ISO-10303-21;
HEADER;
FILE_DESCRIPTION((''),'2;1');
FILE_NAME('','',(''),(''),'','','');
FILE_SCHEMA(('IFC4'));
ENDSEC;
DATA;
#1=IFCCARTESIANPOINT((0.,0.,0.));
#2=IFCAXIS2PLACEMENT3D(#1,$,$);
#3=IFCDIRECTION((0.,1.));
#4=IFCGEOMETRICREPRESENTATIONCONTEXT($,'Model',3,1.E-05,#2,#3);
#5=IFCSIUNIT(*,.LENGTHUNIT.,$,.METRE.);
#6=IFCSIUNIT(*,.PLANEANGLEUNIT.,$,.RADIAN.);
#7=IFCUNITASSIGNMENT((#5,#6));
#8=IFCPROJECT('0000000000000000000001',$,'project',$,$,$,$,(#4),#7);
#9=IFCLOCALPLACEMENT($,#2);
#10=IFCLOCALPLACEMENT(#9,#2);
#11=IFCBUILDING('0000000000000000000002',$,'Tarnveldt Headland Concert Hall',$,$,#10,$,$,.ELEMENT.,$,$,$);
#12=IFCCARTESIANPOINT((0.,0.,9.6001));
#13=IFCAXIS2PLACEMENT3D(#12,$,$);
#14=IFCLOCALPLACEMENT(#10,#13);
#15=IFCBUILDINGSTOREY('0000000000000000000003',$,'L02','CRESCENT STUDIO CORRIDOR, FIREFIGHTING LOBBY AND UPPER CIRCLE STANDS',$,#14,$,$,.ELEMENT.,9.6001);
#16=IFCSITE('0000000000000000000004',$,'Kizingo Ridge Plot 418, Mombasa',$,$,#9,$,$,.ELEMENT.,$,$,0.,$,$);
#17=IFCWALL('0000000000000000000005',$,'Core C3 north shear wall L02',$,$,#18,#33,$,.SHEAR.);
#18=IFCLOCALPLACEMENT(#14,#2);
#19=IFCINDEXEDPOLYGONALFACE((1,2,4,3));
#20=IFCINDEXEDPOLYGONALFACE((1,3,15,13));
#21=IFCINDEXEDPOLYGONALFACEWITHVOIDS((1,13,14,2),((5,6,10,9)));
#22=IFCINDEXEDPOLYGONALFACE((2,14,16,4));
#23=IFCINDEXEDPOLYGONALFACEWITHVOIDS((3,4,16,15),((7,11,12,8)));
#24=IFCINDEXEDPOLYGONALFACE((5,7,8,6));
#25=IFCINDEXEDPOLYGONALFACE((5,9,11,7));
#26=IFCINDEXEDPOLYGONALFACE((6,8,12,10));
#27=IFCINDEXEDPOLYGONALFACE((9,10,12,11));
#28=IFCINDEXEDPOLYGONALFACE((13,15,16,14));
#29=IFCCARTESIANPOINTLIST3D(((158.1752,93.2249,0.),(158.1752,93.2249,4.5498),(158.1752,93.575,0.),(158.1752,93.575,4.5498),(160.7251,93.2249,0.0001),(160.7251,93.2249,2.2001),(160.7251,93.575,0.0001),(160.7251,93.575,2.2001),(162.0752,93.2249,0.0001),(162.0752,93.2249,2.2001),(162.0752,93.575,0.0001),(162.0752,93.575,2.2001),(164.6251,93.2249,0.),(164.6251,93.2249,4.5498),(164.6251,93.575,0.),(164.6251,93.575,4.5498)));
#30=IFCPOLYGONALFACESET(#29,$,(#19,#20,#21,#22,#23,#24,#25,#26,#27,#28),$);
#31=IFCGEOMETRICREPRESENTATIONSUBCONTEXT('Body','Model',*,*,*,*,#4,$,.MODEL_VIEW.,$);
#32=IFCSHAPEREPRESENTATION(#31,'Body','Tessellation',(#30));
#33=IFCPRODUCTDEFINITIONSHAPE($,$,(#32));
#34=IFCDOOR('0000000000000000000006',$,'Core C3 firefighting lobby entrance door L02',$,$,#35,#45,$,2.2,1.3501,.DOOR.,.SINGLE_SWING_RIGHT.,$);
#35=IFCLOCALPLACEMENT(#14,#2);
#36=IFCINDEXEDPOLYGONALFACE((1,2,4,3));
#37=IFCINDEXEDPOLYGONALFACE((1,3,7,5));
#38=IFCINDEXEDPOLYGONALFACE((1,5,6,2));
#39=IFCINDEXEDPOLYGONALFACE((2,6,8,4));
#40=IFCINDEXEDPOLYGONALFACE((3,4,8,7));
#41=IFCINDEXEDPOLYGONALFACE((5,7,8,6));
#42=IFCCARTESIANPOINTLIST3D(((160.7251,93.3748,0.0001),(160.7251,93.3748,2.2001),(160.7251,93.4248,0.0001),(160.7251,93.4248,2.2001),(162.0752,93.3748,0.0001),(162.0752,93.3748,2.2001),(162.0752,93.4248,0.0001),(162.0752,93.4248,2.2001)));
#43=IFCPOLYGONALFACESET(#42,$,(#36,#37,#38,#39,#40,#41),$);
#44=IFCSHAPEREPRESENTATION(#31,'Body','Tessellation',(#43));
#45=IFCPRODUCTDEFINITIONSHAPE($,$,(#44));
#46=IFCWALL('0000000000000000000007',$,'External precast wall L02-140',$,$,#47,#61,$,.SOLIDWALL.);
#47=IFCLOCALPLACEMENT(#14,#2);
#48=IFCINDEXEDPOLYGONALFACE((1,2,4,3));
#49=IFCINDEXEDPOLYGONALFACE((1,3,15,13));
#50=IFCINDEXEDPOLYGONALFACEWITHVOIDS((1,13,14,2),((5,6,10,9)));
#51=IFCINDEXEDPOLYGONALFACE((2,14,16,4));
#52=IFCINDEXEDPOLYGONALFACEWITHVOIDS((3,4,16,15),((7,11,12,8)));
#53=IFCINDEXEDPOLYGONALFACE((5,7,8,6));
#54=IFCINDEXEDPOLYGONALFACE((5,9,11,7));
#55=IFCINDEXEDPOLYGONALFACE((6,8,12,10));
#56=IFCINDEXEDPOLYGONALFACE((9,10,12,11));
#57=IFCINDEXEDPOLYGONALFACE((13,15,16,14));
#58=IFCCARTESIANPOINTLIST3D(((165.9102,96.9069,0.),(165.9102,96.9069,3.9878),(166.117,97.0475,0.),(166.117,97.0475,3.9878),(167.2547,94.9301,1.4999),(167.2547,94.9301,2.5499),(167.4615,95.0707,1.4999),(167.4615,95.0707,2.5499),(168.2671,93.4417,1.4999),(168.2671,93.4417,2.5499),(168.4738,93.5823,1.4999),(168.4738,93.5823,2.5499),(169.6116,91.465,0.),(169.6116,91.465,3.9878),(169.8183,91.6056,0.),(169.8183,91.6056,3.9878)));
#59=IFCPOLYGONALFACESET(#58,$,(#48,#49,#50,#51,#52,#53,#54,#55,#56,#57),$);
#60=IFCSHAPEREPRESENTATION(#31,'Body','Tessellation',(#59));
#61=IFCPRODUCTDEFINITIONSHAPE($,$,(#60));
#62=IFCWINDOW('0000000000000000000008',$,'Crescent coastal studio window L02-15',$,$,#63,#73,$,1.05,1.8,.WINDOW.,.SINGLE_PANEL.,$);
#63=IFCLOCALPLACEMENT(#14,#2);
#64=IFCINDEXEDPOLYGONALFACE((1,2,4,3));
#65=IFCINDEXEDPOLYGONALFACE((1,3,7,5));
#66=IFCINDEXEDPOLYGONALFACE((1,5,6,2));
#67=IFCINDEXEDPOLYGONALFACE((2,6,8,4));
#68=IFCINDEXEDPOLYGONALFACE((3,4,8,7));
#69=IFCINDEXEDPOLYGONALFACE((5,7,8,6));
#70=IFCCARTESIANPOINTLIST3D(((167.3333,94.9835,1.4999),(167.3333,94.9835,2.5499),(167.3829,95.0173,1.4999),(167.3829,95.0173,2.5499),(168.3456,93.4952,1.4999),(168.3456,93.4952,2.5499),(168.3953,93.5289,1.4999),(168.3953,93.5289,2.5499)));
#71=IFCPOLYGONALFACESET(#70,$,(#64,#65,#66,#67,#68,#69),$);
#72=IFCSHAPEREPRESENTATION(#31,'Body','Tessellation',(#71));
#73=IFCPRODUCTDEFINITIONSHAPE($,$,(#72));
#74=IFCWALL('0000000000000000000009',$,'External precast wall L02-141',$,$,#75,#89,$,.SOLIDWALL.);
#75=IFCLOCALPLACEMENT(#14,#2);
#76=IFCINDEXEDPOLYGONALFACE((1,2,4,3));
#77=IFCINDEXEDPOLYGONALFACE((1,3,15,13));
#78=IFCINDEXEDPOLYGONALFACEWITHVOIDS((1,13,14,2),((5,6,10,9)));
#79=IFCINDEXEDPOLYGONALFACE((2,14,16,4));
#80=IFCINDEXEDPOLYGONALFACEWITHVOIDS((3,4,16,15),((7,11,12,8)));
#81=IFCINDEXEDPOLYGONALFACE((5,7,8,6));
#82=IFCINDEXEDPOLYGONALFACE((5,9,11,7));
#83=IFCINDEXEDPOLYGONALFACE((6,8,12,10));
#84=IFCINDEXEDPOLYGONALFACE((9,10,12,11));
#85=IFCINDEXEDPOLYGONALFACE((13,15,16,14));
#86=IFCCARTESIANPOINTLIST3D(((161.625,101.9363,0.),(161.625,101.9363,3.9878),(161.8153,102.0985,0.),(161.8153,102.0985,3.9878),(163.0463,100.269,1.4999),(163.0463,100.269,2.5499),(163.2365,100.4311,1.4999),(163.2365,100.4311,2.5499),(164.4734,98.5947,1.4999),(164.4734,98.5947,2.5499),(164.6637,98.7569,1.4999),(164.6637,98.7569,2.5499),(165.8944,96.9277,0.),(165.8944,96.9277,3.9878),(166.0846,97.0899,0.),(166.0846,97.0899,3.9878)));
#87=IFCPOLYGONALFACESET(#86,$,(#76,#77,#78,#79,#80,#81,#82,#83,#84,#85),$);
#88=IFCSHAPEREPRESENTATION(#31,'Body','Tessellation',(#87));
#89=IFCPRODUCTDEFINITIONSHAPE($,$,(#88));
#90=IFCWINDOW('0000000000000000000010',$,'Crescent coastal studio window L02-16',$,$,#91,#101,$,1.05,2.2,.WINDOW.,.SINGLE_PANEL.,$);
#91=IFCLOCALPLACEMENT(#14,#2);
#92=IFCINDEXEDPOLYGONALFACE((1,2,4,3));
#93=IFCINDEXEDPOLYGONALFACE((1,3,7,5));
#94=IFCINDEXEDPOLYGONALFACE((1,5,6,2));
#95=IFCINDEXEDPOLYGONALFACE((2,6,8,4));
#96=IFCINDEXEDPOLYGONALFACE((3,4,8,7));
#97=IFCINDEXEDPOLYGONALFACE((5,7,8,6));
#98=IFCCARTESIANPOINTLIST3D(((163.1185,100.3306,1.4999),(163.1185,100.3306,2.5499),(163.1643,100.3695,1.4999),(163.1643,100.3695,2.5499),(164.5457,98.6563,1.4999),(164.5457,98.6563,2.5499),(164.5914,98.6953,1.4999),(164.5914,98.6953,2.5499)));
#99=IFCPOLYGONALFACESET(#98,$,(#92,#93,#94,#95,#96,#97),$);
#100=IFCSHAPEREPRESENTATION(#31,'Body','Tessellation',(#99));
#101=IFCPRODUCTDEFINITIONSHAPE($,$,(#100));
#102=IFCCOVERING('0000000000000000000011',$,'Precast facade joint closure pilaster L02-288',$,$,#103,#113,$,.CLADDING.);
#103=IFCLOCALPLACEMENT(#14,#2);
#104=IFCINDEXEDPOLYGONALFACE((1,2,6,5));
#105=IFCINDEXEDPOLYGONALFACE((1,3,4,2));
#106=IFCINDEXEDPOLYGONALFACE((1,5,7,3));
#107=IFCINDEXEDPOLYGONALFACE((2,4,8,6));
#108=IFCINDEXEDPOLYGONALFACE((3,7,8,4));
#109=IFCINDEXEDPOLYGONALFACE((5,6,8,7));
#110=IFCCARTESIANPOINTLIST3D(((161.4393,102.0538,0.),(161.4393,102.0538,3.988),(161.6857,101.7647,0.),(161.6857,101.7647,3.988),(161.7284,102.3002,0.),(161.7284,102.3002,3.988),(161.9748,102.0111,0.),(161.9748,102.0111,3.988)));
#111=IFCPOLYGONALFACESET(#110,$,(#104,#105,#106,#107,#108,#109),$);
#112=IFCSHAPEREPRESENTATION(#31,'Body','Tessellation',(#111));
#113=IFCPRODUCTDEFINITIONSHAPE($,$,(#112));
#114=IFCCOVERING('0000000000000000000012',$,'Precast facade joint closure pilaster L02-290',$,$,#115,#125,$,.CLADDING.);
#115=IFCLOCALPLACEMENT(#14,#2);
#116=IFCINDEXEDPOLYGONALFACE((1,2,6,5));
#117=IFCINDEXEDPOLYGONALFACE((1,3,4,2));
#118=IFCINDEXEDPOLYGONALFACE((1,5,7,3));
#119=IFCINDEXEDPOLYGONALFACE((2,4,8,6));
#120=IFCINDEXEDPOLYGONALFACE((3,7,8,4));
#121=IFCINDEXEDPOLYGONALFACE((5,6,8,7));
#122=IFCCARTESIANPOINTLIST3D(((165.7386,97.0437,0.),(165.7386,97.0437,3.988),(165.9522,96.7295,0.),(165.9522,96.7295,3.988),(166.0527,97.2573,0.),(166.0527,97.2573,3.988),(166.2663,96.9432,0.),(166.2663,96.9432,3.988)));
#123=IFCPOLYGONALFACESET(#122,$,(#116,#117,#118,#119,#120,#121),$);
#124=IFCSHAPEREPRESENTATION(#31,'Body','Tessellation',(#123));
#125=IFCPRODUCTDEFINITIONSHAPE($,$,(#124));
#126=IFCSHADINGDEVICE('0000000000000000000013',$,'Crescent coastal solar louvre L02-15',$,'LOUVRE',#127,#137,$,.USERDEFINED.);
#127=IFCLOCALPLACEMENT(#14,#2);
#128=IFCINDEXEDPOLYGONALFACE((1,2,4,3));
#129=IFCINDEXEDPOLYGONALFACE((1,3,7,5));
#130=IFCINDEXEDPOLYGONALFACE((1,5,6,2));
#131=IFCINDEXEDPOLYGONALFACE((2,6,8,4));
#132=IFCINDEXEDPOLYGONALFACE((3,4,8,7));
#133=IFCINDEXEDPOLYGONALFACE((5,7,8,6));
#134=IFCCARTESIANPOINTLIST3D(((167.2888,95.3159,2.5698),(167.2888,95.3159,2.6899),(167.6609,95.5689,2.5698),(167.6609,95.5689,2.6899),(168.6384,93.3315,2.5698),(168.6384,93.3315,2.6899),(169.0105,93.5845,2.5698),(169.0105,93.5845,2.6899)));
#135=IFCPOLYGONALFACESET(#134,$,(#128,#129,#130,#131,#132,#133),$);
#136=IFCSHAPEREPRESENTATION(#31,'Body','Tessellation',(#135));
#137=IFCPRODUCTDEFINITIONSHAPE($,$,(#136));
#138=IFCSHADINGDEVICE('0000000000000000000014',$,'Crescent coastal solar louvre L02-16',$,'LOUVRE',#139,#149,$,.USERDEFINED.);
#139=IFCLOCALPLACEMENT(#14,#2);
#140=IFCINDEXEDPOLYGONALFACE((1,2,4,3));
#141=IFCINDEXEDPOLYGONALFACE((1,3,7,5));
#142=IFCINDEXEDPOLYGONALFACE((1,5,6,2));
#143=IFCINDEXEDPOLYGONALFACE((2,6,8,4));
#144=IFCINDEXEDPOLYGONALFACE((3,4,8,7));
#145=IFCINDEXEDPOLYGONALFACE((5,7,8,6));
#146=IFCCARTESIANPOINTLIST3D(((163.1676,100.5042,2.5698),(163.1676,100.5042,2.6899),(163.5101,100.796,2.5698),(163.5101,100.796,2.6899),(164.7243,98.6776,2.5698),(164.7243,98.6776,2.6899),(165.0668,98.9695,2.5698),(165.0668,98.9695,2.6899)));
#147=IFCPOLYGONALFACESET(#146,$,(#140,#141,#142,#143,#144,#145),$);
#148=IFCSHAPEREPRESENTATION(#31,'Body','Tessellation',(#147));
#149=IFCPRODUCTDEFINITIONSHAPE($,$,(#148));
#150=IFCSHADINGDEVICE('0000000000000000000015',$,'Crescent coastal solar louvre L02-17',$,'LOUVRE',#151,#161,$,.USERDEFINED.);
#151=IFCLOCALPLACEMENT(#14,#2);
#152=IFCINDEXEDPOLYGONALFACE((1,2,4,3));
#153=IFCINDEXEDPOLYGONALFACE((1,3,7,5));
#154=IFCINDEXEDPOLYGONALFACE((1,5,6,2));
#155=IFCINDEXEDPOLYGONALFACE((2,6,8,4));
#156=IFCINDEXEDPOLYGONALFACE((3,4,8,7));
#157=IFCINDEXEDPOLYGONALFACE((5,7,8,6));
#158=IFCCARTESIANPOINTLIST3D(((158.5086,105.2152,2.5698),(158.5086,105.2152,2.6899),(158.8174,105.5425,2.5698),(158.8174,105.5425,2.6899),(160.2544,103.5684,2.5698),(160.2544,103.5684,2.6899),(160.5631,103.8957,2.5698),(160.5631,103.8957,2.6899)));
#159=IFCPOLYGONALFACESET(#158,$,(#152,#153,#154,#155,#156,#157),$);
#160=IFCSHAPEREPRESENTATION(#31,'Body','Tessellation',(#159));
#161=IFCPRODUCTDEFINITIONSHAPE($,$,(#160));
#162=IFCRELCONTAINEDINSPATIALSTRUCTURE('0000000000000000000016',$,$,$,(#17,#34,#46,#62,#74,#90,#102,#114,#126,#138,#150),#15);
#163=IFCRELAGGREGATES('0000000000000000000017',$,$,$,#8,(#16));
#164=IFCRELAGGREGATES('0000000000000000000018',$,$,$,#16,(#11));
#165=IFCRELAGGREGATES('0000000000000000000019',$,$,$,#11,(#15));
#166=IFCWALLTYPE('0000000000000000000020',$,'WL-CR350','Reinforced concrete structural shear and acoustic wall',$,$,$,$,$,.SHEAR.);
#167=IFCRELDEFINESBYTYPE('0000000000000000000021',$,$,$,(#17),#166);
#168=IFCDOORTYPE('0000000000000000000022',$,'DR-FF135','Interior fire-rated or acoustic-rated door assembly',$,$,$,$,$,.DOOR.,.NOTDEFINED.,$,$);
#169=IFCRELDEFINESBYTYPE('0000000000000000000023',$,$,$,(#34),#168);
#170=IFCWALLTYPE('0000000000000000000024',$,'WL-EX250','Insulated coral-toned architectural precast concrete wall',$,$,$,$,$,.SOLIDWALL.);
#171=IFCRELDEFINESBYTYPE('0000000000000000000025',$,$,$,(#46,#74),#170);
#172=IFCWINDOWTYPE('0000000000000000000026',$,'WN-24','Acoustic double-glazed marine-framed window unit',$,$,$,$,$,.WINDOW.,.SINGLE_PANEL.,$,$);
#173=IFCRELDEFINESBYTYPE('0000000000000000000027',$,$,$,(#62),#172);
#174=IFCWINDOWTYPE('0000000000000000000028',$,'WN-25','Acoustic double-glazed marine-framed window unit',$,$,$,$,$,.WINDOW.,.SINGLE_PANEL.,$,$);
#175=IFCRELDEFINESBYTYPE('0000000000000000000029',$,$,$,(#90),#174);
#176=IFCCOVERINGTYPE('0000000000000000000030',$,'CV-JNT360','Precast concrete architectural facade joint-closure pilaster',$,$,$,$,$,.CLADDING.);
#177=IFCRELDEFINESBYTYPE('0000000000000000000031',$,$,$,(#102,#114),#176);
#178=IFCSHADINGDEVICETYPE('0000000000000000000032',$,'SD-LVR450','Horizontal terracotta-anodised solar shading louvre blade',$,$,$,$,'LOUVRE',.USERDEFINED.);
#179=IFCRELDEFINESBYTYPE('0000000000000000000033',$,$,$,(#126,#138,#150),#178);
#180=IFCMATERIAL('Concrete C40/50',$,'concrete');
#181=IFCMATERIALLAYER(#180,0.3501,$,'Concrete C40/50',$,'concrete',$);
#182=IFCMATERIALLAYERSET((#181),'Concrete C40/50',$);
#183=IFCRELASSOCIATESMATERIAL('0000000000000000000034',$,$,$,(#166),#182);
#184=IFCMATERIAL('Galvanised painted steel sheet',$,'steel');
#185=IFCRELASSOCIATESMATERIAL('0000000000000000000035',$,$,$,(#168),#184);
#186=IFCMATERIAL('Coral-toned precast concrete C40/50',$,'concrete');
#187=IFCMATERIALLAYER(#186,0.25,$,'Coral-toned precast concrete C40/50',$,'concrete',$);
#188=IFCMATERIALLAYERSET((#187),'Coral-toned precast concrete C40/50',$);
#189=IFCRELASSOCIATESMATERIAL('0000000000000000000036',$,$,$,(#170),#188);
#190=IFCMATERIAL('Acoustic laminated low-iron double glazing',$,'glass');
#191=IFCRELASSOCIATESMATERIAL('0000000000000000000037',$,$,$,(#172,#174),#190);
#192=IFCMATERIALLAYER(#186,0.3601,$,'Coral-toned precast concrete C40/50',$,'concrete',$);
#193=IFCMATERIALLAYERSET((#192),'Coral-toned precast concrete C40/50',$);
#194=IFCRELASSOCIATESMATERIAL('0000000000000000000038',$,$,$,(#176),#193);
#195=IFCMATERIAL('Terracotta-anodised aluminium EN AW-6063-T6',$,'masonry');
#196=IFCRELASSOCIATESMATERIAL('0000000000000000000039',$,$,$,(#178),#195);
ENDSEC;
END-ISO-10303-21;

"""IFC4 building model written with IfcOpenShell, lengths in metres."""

from ifc_helpers import new_model, si_unit, direction, frame, frame_2d, origin, origin_2d, place, context, subcontext, project, spatial, rectangle, extrude, material, layer, layer_set, type_object, element, fill, save


model = new_model("IFC4")

# Units and contexts
model_context = context("Model", 3, precision=1e-05, world=origin(), true_north=direction((0.0, 1.0)))
body_context = subcontext(model_context, "Body", "Model", "MODEL_VIEW")
ifc_project = project(units=[si_unit("LENGTHUNIT", "METRE"), si_unit("PLANEANGLEUNIT", "RADIAN")], contexts=[model_context])

# Site, building, storey
site_placement = place(None, origin())
site = spatial("IfcSite", under=ifc_project, at=site_placement, Name="Kizingo Ridge Plot 418, Mombasa", CompositionType="ELEMENT", RefElevation=0.0)
building_placement = place(site_placement, origin())
building = spatial("IfcBuilding", under=site, at=building_placement, Name="Tarnveldt Headland Concert Hall", CompositionType="ELEMENT")
storey_placement = place(building_placement, frame((0.0, 0.0, 9.6001)))
storey = spatial("IfcBuildingStorey", under=building, at=storey_placement, Name="L02", Description="CRESCENT STUDIO CORRIDOR, FIREFIGHTING LOBBY AND UPPER CIRCLE STANDS", CompositionType="ELEMENT", Elevation=9.6001)

# Wall, opening, door
ifc_material_1 = material(Name="Concrete C40/50", Category="concrete")
ifc_layer_1 = layer(ifc_material_1, 0.3501, Name="Concrete C40/50", Category="concrete")
ifc_layer_set_1 = layer_set([ifc_layer_1], Name="Concrete C40/50")
wall_type_1 = type_object("IfcWallType", Name="WL-CR350", Description="Reinforced concrete structural shear and acoustic wall", PredefinedType="SHEAR", material=ifc_layer_set_1)
wall_1_placement = place(storey_placement, frame((158.175, 93.3999, 0.0), z_axis=(0.0, 0.0, 1.0), x_axis=(1.0, 0.0, 0.0)))
wall_1 = element("IfcWall", 1, at=wall_1_placement, inside=storey, type_object=wall_type_1, Name="Core C3 north shear wall L02", PredefinedType="SHEAR", context=body_context, shape_type="SweptSolid", body=[
    extrude(rectangle(XDim=6.45, YDim=0.3501, at=frame_2d((3.2251, 0.0))), origin(), (0.0, 0.0, 1.0), 4.5498),
])
opening_1_placement = place(wall_1_placement, frame((2.55, 0.0, 0.0)))
opening_1 = element("IfcOpeningElement", 2, at=opening_1_placement, cuts=wall_1, PredefinedType="OPENING", context=body_context, shape_type="SweptSolid", body=[
    extrude(rectangle(XDim=1.3501, YDim=2.2, at=frame_2d((0.675, 1.1001))), frame((0.0, 0.1851, 0.0), z_axis=(0.0, -1.0, 0.0), x_axis=(1.0, 0.0, 0.0)), (0.0, 0.0, 1.0), 0.3701),
])
ifc_material_2 = material(Name="Galvanised painted steel sheet", Category="steel")
door_type = type_object("IfcDoorType", Name="DR-FF135", Description="Interior fire-rated or acoustic-rated door assembly", OperationType="NOTDEFINED", PredefinedType="DOOR", material=ifc_material_2)
door_placement = place(opening_1_placement, origin())
door = element("IfcDoor", 3, at=door_placement, inside=storey, type_object=door_type, Name="Core C3 firefighting lobby entrance door L02", OperationType="SINGLE_SWING_RIGHT", OverallHeight=2.2, OverallWidth=1.3501, PredefinedType="DOOR", context=body_context, shape_type="SweptSolid", body=[
    extrude(rectangle(XDim=1.3501, YDim=2.2, at=frame_2d((0.675, 1.1001))), frame((0.0, 0.0249, 0.0), z_axis=(0.0, -1.0, 0.0), x_axis=(1.0, 0.0, 0.0)), (0.0, 0.0, 1.0), 0.05),
])
fill(opening_1, door)

# Walls, openings, windows
ifc_material_3 = material(Name="Coral-toned precast concrete C40/50", Category="concrete")
ifc_layer_2 = layer(ifc_material_3, 0.25, Name="Coral-toned precast concrete C40/50", Category="concrete")
ifc_layer_set_2 = layer_set([ifc_layer_2], Name="Coral-toned precast concrete C40/50")
wall_type_2 = type_object("IfcWallType", Name="WL-EX250", Description="Insulated coral-toned architectural precast concrete wall", PredefinedType="SOLIDWALL", material=ifc_layer_set_2)
wall_2_placement = place(storey_placement, frame((166.0137, 96.9771, 0.0), z_axis=(0.0, 0.0, 1.0), x_axis=(0.562406, -0.826861, 0.0)))
wall_2 = element("IfcWall", 4, at=wall_2_placement, inside=storey, type_object=wall_type_2, Name="External precast wall L02-140", PredefinedType="SOLIDWALL", context=body_context, shape_type="SweptSolid", body=[
    extrude(rectangle(XDim=6.5813, YDim=0.25, at=frame_2d((3.2905, 0.0))), origin(), (0.0, 0.0, 1.0), 3.9878),
])
opening_2_placement = place(wall_2_placement, frame((2.3906, 0.0, 1.5)))
opening_2 = element("IfcOpeningElement", 5, at=opening_2_placement, cuts=wall_2, PredefinedType="OPENING", context=body_context, shape_type="SweptSolid", body=[
    extrude(rectangle(XDim=1.8, YDim=1.05, at=frame_2d((0.8999, 0.5249))), frame((0.0, 0.135, 0.0), z_axis=(0.0, -1.0, 0.0), x_axis=(1.0, 0.0, 0.0)), (0.0, 0.0, 1.0), 0.27),
])
ifc_material_4 = material(Name="Acoustic laminated low-iron double glazing", Category="glass")
window_type_1 = type_object("IfcWindowType", Name="WN-24", Description="Acoustic double-glazed marine-framed window unit", PartitioningType="SINGLE_PANEL", PredefinedType="WINDOW", material=ifc_material_4)
window_1_placement = place(opening_2_placement, origin())
window_1 = element("IfcWindow", 6, at=window_1_placement, inside=storey, type_object=window_type_1, Name="Crescent coastal studio window L02-15", OverallHeight=1.05, OverallWidth=1.8, PartitioningType="SINGLE_PANEL", PredefinedType="WINDOW", context=body_context, shape_type="SweptSolid", body=[
    extrude(rectangle(XDim=1.8, YDim=1.05, at=frame_2d((0.8999, 0.5249))), frame((0.0, 0.03, 0.0), z_axis=(0.0, -1.0, 0.0), x_axis=(1.0, 0.0, 0.0)), (0.0, 0.0, 1.0), 0.0601),
])
fill(opening_2, window_1)
wall_3_placement = place(storey_placement, frame((161.7202, 102.0173, 0.0), z_axis=(0.0, 0.0, 1.0), x_axis=(0.648708, -0.761037, 0.0)))
wall_3 = element("IfcWall", 7, at=wall_3_placement, inside=storey, type_object=wall_type_2, Name="External precast wall L02-141", PredefinedType="SOLIDWALL", context=body_context, shape_type="SweptSolid", body=[
    extrude(rectangle(XDim=6.5813, YDim=0.25, at=frame_2d((3.2905, 0.0))), origin(), (0.0, 0.0, 1.0), 3.9878),
])
opening_3_placement = place(wall_3_placement, frame((2.1907, 0.0, 1.5)))
opening_3 = element("IfcOpeningElement", 8, at=opening_3_placement, cuts=wall_3, PredefinedType="OPENING", context=body_context, shape_type="SweptSolid", body=[
    extrude(rectangle(XDim=2.2, YDim=1.05, at=frame_2d((1.1001, 0.5249))), frame((0.0, 0.135, 0.0), z_axis=(0.0, -1.0, 0.0), x_axis=(1.0, 0.0, 0.0)), (0.0, 0.0, 1.0), 0.27),
])
window_type_2 = type_object("IfcWindowType", Name="WN-25", Description="Acoustic double-glazed marine-framed window unit", PartitioningType="SINGLE_PANEL", PredefinedType="WINDOW", material=ifc_material_4)
window_2_placement = place(opening_3_placement, origin())
window_2 = element("IfcWindow", 9, at=window_2_placement, inside=storey, type_object=window_type_2, Name="Crescent coastal studio window L02-16", OverallHeight=1.05, OverallWidth=2.2, PartitioningType="SINGLE_PANEL", PredefinedType="WINDOW", context=body_context, shape_type="SweptSolid", body=[
    extrude(rectangle(XDim=2.2, YDim=1.05, at=frame_2d((1.1001, 0.5249))), frame((0.0, 0.03, 0.0), z_axis=(0.0, -1.0, 0.0), x_axis=(1.0, 0.0, 0.0)), (0.0, 0.0, 1.0), 0.0601),
])
fill(opening_3, window_2)

# Coverings
ifc_layer_3 = layer(ifc_material_3, 0.3601, Name="Coral-toned precast concrete C40/50", Category="concrete")
ifc_layer_set_3 = layer_set([ifc_layer_3], Name="Coral-toned precast concrete C40/50")
covering_type = type_object("IfcCoveringType", Name="CV-JNT360", Description="Precast concrete architectural facade joint-closure pilaster", PredefinedType="CLADDING", material=ifc_layer_set_3)
for number, where, z_axis, x_axis, name in (
    (10, (161.707, 102.0325, 0.0), (0.0, 0.0, 1.0), (0.648651, -0.761086, 0.0), "Precast facade joint closure pilaster L02-288"),
    (11, (166.0024, 96.9934, 0.0), (0.0, 0.0, 1.0), (0.562372, -0.826884, 0.0), "Precast facade joint closure pilaster L02-290"),
):
    element("IfcCovering", number, at=place(storey_placement, frame(where, z_axis=z_axis, x_axis=x_axis)), inside=storey, type_object=covering_type, Name=name, PredefinedType="CLADDING", context=body_context, shape_type="SweptSolid", body=[
        extrude(rectangle(XDim=0.3799, YDim=0.3799, at=origin_2d()), origin(), (0.0, 0.0, 1.0), 3.988),
    ])

# Shading devices
ifc_material_5 = material(Name="Terracotta-anodised aluminium EN AW-6063-T6", Category="masonry")
shading_device_type = type_object("IfcShadingDeviceType", Name="SD-LVR450", Description="Horizontal terracotta-anodised solar shading louvre blade", ElementType="LOUVRE", PredefinedType="USERDEFINED", material=ifc_material_5)
for number, where, z_axis, x_axis, name in (
    (12, (168.1497, 94.4502, 2.5698), (0.0, 0.0, 1.0), (0.826884, 0.562372, 0.0), "Crescent coastal solar louvre L02-15"),
    (13, (164.1172, 99.7368, 2.5698), (0.0, 0.0, 1.0), (0.761086, 0.648651, 0.0), "Crescent coastal solar louvre L02-16"),
    (14, (159.5359, 104.5554, 2.5698), (0.0, 0.0, 1.0), (0.686199, 0.727414, 0.0), "Crescent coastal solar louvre L02-17"),
):
    element("IfcShadingDevice", number, at=place(storey_placement, frame(where, z_axis=z_axis, x_axis=x_axis)), inside=storey, type_object=shading_device_type, Name=name, ObjectType="LOUVRE", PredefinedType="USERDEFINED", context=body_context, shape_type="SweptSolid", body=[
        extrude(rectangle(XDim=0.45, YDim=2.3999, at=origin_2d()), origin(), (0.0, 0.0, 1.0), 0.1201),
    ])

save(model, "model.ifc")
